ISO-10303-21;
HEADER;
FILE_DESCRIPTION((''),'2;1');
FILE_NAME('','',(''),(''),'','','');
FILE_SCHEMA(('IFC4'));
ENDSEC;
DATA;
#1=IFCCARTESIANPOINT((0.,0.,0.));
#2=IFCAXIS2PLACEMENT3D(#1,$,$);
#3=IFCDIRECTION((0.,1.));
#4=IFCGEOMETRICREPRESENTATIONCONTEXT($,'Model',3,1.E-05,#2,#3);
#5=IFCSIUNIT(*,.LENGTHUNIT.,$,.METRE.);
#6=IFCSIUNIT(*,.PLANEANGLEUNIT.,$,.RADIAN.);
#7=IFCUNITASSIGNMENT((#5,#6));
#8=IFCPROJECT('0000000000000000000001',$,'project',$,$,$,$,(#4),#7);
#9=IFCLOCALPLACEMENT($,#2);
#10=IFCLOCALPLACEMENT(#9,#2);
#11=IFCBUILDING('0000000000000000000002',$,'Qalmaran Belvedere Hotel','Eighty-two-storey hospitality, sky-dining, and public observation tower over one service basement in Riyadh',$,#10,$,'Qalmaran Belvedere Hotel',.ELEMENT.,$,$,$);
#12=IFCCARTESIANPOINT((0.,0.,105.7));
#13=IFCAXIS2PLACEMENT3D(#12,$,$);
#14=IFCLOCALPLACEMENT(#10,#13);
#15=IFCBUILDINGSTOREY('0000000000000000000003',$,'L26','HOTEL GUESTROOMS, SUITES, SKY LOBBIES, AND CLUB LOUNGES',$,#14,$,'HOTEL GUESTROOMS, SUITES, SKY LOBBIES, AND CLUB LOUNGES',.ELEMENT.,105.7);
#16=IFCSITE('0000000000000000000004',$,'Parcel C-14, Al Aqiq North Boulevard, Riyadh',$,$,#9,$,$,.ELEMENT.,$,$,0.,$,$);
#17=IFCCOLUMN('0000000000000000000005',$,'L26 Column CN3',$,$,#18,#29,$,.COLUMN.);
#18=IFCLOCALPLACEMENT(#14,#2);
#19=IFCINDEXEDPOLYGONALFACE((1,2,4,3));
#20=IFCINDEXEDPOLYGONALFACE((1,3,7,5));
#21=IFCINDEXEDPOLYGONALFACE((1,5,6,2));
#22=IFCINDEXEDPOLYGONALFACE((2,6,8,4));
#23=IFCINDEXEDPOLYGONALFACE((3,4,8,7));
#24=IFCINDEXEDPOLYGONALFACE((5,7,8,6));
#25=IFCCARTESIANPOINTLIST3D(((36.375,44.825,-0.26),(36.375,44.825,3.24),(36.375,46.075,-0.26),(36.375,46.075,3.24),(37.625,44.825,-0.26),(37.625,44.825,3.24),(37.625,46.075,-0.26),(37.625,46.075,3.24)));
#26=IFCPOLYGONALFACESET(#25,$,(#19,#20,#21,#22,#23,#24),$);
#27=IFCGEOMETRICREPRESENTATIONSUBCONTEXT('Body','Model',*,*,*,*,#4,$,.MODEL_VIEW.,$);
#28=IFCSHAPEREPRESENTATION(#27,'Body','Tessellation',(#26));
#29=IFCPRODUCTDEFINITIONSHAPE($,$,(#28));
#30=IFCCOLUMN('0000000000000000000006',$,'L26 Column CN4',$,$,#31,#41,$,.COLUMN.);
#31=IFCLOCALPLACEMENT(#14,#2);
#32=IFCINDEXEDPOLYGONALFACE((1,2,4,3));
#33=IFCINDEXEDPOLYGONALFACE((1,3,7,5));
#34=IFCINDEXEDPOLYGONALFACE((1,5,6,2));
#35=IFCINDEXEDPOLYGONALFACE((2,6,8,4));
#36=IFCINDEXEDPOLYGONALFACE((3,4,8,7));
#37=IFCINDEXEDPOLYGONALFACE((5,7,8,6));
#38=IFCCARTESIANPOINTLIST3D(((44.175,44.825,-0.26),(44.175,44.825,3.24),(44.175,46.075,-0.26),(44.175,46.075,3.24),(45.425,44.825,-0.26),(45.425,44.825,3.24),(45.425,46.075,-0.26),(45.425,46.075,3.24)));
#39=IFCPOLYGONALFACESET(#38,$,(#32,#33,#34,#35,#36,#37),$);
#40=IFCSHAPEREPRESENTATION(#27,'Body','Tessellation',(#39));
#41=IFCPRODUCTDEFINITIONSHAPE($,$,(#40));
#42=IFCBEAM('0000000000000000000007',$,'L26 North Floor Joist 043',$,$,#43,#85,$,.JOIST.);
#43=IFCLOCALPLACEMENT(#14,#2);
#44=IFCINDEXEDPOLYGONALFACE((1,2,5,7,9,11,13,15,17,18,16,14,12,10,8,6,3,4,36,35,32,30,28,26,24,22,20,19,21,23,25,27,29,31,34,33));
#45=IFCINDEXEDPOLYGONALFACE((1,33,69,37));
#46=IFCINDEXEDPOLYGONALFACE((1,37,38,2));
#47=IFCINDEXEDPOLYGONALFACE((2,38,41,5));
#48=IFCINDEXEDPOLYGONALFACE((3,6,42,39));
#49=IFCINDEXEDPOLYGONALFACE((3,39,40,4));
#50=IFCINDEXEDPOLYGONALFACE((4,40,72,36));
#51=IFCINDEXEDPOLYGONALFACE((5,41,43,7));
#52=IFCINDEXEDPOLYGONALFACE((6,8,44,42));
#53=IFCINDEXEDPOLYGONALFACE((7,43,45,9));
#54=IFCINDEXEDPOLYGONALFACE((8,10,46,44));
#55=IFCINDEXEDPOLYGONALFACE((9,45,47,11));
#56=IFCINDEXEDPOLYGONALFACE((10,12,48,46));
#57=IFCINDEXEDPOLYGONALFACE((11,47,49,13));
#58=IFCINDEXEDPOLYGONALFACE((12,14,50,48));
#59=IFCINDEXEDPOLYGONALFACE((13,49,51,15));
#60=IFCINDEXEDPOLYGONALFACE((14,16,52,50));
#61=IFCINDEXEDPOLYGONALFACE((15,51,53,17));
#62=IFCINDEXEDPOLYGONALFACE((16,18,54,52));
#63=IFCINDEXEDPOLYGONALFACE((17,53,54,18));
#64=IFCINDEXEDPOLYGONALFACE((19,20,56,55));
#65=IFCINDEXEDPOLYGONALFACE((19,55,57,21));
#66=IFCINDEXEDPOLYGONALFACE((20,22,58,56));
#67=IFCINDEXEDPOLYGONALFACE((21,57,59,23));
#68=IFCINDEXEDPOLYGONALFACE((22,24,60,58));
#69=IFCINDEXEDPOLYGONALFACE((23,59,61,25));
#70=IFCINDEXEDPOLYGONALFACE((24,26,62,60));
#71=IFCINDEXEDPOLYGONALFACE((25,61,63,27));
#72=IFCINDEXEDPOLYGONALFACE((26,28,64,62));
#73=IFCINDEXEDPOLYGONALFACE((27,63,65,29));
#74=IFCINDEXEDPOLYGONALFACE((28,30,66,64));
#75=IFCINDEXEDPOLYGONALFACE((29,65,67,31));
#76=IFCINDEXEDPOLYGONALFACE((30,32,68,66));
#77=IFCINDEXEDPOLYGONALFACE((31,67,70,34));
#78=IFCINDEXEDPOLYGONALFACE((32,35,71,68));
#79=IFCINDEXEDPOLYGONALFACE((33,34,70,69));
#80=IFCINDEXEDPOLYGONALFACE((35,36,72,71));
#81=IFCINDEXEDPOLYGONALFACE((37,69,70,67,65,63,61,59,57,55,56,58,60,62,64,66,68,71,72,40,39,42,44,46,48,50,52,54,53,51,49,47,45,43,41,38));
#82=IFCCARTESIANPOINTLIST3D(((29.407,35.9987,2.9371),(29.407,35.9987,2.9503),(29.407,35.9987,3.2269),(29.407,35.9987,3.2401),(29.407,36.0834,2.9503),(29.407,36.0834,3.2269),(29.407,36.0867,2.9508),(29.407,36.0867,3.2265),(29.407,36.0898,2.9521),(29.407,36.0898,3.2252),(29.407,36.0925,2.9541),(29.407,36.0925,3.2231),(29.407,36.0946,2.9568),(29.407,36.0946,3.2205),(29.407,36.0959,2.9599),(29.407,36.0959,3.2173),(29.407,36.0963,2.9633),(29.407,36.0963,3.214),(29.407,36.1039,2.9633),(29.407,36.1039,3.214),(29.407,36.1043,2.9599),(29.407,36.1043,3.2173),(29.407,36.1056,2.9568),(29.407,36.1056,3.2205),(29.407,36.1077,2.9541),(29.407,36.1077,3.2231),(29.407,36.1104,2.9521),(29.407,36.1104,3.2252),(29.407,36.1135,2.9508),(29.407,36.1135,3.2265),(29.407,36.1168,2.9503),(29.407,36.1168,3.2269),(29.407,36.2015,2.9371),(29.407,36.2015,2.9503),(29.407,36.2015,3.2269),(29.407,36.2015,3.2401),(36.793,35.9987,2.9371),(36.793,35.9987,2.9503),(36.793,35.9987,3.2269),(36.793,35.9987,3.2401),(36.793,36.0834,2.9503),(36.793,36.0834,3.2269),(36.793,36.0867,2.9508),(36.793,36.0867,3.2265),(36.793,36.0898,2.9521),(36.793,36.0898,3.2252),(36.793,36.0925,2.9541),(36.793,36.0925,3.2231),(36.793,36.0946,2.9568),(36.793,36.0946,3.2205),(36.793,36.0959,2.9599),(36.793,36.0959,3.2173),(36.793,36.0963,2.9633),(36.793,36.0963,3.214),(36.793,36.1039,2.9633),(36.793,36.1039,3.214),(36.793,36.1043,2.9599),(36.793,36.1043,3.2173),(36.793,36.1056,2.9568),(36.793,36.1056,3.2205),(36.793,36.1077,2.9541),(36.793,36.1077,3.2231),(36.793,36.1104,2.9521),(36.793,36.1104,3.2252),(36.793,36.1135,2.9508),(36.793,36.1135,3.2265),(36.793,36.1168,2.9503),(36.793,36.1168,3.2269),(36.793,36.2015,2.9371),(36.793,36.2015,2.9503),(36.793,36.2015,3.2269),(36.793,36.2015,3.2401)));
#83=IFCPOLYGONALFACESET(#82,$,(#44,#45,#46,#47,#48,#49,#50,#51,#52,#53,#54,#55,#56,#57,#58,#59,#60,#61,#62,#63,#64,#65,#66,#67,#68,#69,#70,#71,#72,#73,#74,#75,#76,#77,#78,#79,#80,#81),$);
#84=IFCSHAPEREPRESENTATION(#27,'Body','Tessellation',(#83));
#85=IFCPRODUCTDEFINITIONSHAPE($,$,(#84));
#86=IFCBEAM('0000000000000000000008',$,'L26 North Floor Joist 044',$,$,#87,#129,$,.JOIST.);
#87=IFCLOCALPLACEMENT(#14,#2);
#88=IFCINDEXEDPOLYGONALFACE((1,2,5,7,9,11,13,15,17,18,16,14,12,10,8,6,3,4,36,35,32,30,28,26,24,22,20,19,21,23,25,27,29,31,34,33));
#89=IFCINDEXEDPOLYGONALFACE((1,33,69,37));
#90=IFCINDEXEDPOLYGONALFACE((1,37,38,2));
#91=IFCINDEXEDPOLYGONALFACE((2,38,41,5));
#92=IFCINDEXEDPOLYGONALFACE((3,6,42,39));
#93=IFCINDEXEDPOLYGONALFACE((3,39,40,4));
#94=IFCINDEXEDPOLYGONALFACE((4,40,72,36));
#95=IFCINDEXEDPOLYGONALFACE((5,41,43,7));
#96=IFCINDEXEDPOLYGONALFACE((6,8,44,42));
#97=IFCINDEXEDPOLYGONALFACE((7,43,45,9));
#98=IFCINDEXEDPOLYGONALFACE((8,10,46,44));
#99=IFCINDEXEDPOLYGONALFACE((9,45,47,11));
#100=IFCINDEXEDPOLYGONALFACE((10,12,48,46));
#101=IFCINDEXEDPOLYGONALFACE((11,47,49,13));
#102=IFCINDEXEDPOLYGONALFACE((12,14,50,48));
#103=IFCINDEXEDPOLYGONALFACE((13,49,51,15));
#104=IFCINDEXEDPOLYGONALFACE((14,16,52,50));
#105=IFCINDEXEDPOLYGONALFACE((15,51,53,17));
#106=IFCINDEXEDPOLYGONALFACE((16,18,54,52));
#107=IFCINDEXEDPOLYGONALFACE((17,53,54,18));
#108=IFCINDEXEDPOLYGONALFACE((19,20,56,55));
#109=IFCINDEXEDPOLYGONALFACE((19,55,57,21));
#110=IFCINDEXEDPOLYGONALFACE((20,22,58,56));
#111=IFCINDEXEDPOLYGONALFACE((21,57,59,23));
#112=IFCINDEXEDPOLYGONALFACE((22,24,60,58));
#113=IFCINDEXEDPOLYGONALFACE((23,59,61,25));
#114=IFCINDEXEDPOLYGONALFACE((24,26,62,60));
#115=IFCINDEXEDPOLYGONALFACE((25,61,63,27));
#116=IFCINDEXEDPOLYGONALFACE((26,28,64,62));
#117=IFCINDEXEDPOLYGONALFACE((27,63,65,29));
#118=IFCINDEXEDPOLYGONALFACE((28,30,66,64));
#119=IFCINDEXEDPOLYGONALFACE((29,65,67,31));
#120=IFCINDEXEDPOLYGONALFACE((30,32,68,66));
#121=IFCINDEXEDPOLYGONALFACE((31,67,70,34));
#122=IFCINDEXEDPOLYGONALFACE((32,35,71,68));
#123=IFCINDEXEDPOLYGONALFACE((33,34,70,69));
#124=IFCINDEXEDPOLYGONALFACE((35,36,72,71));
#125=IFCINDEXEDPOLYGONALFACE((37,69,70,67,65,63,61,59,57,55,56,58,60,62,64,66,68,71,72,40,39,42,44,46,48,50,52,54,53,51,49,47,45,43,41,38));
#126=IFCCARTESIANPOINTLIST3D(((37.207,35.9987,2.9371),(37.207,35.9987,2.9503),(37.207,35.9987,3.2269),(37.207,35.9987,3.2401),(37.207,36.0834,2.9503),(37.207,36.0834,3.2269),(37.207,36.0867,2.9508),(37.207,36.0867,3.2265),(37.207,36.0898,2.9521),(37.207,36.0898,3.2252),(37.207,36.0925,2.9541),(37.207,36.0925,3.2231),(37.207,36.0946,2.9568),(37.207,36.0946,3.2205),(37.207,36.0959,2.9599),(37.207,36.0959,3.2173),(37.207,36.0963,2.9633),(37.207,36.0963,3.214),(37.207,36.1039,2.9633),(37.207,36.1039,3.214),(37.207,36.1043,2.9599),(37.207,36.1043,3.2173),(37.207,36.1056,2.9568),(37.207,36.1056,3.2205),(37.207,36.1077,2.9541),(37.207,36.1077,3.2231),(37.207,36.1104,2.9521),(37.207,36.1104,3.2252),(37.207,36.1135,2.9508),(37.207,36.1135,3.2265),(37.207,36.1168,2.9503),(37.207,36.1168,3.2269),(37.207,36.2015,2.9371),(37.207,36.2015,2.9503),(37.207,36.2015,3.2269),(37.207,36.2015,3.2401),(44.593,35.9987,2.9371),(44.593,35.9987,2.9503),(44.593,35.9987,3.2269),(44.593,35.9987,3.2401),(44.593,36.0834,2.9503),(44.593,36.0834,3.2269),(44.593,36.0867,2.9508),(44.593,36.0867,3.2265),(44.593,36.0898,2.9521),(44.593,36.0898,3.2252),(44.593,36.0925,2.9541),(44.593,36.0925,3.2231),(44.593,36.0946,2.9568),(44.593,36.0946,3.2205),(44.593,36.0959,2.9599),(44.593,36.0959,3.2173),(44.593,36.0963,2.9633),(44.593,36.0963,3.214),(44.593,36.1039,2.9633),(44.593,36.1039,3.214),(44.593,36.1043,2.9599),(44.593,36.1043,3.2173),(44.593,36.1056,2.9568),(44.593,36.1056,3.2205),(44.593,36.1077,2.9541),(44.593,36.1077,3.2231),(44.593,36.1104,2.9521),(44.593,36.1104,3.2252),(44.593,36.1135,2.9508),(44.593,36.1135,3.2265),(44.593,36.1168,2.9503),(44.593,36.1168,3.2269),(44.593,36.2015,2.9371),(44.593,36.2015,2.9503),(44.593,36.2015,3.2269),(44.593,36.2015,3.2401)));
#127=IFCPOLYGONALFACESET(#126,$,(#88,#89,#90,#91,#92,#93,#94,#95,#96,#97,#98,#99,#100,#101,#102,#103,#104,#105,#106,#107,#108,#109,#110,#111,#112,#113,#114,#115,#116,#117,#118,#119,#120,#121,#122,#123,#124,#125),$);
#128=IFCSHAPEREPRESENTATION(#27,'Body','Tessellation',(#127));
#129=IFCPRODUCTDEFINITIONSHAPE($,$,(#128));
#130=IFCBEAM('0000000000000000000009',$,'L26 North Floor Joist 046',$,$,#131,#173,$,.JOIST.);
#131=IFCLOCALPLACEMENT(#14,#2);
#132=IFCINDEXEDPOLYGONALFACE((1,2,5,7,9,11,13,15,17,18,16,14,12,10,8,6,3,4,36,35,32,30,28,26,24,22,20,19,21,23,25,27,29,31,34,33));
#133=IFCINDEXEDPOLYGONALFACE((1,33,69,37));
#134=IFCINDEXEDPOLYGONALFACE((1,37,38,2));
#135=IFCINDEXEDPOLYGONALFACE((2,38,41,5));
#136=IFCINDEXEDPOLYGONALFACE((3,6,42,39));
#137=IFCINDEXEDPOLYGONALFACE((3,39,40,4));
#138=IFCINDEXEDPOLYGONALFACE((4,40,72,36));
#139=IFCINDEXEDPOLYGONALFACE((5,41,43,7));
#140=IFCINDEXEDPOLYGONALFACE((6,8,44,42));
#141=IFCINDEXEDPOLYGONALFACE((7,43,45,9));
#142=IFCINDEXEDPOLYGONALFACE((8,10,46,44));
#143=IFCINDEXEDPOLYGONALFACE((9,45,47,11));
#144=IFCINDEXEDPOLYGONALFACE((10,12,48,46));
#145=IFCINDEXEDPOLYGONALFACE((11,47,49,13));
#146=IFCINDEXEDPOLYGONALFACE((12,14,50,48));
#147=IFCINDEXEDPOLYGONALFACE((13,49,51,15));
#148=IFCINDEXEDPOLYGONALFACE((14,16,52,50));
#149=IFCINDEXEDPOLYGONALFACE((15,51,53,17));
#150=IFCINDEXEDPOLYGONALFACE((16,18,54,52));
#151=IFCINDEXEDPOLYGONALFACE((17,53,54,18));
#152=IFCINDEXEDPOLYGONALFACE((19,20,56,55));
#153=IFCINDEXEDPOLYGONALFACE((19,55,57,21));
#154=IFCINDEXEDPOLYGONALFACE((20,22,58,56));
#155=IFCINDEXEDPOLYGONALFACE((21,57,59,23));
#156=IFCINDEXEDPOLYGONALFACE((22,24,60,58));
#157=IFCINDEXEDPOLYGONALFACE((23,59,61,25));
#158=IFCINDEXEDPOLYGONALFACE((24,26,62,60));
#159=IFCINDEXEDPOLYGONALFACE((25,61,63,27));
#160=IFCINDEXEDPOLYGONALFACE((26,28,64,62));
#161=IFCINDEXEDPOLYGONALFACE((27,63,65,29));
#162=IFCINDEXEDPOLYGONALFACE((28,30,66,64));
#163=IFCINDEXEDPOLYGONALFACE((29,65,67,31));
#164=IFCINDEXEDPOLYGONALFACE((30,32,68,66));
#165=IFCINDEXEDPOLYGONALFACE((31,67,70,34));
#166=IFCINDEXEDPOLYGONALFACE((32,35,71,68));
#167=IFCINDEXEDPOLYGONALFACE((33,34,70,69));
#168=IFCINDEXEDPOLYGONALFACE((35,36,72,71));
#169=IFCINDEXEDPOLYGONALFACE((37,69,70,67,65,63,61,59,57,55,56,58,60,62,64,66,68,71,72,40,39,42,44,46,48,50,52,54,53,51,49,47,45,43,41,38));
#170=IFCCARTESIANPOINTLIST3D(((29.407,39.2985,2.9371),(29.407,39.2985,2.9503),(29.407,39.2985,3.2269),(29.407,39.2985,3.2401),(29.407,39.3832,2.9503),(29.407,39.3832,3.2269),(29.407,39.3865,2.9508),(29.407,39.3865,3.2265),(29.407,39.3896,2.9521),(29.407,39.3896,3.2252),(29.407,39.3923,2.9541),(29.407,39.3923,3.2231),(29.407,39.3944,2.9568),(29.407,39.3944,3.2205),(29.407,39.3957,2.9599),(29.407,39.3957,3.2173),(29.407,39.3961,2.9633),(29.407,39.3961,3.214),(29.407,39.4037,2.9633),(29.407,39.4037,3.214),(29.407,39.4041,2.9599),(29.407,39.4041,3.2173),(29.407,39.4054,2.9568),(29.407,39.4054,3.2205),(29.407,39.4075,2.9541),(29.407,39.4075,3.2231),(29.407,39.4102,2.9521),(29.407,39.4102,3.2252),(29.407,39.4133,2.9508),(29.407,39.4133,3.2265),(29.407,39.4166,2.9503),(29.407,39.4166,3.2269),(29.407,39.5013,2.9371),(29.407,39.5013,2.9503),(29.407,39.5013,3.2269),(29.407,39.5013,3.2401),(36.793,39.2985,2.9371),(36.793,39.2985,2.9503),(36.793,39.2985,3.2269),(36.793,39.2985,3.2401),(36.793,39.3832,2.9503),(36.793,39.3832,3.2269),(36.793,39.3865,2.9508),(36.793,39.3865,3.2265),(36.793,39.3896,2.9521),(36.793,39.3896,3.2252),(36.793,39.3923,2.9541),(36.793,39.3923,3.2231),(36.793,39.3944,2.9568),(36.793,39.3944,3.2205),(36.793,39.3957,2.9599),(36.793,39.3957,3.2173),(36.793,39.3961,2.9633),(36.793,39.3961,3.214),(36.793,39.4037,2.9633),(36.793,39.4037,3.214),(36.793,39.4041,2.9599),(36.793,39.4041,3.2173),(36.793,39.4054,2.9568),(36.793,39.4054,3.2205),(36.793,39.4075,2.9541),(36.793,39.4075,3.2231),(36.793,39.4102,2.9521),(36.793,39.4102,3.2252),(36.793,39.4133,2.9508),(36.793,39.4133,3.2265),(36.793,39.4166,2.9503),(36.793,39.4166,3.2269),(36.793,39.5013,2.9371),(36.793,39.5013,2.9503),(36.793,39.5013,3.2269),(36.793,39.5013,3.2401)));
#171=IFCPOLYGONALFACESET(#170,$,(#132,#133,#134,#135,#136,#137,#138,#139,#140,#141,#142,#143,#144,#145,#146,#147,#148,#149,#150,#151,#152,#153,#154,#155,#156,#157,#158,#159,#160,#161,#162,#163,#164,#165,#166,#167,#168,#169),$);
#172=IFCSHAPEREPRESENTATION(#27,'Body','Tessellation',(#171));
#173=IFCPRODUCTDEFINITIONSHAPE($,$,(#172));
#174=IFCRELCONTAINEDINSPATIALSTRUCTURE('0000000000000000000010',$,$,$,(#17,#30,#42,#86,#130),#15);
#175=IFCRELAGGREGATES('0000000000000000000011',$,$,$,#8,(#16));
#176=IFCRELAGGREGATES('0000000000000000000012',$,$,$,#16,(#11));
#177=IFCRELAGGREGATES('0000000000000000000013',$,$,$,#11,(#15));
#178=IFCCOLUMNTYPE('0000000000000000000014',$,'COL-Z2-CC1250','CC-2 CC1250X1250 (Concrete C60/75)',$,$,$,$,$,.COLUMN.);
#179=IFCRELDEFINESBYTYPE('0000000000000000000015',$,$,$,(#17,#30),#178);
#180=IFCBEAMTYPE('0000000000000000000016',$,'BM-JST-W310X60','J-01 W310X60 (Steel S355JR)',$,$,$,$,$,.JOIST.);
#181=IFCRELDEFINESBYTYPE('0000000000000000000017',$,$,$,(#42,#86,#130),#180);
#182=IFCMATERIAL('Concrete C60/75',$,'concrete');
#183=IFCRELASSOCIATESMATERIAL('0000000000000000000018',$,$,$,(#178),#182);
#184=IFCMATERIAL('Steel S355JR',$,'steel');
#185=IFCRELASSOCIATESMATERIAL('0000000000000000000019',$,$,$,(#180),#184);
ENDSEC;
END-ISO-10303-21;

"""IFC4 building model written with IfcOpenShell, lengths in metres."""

from ifc_helpers import new_model, si_unit, direction, frame, origin, origin_2d, place, context, subcontext, project, spatial, rectangle, i_section, extrude, material, material_profile, profile_set, type_object, element, save


model = new_model("IFC4")

# Units and contexts
model_context = context("Model", 3, precision=1e-05, world=origin(), true_north=direction((0.0, 1.0)))
body_context = subcontext(model_context, "Body", "Model", "MODEL_VIEW")
ifc_project = project(units=[si_unit("LENGTHUNIT", "METRE"), si_unit("PLANEANGLEUNIT", "RADIAN")], contexts=[model_context])

# Site, building, storey
site_placement = place(None, origin())
site = spatial("IfcSite", under=ifc_project, at=site_placement, Name="Parcel C-14, Al Aqiq North Boulevard, Riyadh", CompositionType="ELEMENT", RefElevation=0.0)
building_placement = place(site_placement, origin())
building = spatial("IfcBuilding", under=site, at=building_placement, Name="Qalmaran Belvedere Hotel", Description="Eighty-two-storey hospitality, sky-dining, and public observation tower over one service basement in Riyadh", LongName="Qalmaran Belvedere Hotel", CompositionType="ELEMENT")
storey_placement = place(building_placement, frame((0.0, 0.0, 105.7)))
storey = spatial("IfcBuildingStorey", under=building, at=storey_placement, Name="L26", Description="HOTEL GUESTROOMS, SUITES, SKY LOBBIES, AND CLUB LOUNGES", LongName="HOTEL GUESTROOMS, SUITES, SKY LOBBIES, AND CLUB LOUNGES", CompositionType="ELEMENT", Elevation=105.7)

# Columns
ifc_material_1 = material(Name="Concrete C60/75", Category="concrete")
ifc_material_profile_1 = material_profile(ifc_material_1, rectangle(XDim=1.25, YDim=1.25, at=origin_2d()), Name="CC1250X1250")
ifc_profile_set_1 = profile_set([ifc_material_profile_1], Name="Concrete C60/75")
column_type = type_object("IfcColumnType", Name="COL-Z2-CC1250", Description="CC-2 CC1250X1250 (Concrete C60/75)", PredefinedType="COLUMN", material=ifc_profile_set_1)
for number, where, z_axis, x_axis, name in (
    (1, (37.0, 45.45, -0.26), (0.0, 0.0, 1.0), (1.0, 0.0, 0.0), "L26 Column CN3"),
    (2, (44.8, 45.45, -0.26), (0.0, 0.0, 1.0), (1.0, 0.0, 0.0), "L26 Column CN4"),
):
    element("IfcColumn", number, at=place(storey_placement, frame(where, z_axis=z_axis, x_axis=x_axis)), inside=storey, type_object=column_type, Name=name, PredefinedType="COLUMN", context=body_context, shape_type="SweptSolid", body=[
        extrude(rectangle(XDim=1.25, YDim=1.25, at=origin_2d()), origin(), (0.0, 0.0, 1.0), 3.5),
    ])

# Beams
ifc_material_2 = material(Name="Steel S355JR", Category="steel")
ifc_material_profile_2 = material_profile(ifc_material_2, i_section(OverallWidth=0.2029, OverallDepth=0.303, WebThickness=0.0076, FlangeThickness=0.0132, FilletRadius=0.0129, at=origin_2d()), Name="W310X60")
ifc_profile_set_2 = profile_set([ifc_material_profile_2], Name="Steel S355JR")
beam_type_1 = type_object("IfcBeamType", Name="BM-JST-W310X60", Description="J-01 W310X60 (Steel S355JR)", PredefinedType="JOIST", material=ifc_profile_set_2)
for number, where, z_axis, x_axis, name in (
    (3, (29.407, 36.1001, 3.0886), (1.0, 0.0, 0.0), (0.0, 1.0, 0.0), "L26 North Floor Joist 043"),
    (4, (37.207, 36.1001, 3.0886), (1.0, 0.0, 0.0), (0.0, 1.0, 0.0), "L26 North Floor Joist 044"),
    (5, (29.407, 39.3999, 3.0886), (1.0, 0.0, 0.0), (0.0, 1.0, 0.0), "L26 North Floor Joist 046"),
):
    element("IfcBeam", number, at=place(storey_placement, frame(where, z_axis=z_axis, x_axis=x_axis)), inside=storey, type_object=beam_type_1, Name=name, PredefinedType="JOIST", context=body_context, shape_type="SweptSolid", body=[
        extrude(i_section(OverallWidth=0.2029, OverallDepth=0.303, WebThickness=0.0076, FlangeThickness=0.0132, FilletRadius=0.0129, at=origin_2d()), origin(), (0.0, 0.0, 1.0), 7.386),
    ])

save(model, "model.ifc")
